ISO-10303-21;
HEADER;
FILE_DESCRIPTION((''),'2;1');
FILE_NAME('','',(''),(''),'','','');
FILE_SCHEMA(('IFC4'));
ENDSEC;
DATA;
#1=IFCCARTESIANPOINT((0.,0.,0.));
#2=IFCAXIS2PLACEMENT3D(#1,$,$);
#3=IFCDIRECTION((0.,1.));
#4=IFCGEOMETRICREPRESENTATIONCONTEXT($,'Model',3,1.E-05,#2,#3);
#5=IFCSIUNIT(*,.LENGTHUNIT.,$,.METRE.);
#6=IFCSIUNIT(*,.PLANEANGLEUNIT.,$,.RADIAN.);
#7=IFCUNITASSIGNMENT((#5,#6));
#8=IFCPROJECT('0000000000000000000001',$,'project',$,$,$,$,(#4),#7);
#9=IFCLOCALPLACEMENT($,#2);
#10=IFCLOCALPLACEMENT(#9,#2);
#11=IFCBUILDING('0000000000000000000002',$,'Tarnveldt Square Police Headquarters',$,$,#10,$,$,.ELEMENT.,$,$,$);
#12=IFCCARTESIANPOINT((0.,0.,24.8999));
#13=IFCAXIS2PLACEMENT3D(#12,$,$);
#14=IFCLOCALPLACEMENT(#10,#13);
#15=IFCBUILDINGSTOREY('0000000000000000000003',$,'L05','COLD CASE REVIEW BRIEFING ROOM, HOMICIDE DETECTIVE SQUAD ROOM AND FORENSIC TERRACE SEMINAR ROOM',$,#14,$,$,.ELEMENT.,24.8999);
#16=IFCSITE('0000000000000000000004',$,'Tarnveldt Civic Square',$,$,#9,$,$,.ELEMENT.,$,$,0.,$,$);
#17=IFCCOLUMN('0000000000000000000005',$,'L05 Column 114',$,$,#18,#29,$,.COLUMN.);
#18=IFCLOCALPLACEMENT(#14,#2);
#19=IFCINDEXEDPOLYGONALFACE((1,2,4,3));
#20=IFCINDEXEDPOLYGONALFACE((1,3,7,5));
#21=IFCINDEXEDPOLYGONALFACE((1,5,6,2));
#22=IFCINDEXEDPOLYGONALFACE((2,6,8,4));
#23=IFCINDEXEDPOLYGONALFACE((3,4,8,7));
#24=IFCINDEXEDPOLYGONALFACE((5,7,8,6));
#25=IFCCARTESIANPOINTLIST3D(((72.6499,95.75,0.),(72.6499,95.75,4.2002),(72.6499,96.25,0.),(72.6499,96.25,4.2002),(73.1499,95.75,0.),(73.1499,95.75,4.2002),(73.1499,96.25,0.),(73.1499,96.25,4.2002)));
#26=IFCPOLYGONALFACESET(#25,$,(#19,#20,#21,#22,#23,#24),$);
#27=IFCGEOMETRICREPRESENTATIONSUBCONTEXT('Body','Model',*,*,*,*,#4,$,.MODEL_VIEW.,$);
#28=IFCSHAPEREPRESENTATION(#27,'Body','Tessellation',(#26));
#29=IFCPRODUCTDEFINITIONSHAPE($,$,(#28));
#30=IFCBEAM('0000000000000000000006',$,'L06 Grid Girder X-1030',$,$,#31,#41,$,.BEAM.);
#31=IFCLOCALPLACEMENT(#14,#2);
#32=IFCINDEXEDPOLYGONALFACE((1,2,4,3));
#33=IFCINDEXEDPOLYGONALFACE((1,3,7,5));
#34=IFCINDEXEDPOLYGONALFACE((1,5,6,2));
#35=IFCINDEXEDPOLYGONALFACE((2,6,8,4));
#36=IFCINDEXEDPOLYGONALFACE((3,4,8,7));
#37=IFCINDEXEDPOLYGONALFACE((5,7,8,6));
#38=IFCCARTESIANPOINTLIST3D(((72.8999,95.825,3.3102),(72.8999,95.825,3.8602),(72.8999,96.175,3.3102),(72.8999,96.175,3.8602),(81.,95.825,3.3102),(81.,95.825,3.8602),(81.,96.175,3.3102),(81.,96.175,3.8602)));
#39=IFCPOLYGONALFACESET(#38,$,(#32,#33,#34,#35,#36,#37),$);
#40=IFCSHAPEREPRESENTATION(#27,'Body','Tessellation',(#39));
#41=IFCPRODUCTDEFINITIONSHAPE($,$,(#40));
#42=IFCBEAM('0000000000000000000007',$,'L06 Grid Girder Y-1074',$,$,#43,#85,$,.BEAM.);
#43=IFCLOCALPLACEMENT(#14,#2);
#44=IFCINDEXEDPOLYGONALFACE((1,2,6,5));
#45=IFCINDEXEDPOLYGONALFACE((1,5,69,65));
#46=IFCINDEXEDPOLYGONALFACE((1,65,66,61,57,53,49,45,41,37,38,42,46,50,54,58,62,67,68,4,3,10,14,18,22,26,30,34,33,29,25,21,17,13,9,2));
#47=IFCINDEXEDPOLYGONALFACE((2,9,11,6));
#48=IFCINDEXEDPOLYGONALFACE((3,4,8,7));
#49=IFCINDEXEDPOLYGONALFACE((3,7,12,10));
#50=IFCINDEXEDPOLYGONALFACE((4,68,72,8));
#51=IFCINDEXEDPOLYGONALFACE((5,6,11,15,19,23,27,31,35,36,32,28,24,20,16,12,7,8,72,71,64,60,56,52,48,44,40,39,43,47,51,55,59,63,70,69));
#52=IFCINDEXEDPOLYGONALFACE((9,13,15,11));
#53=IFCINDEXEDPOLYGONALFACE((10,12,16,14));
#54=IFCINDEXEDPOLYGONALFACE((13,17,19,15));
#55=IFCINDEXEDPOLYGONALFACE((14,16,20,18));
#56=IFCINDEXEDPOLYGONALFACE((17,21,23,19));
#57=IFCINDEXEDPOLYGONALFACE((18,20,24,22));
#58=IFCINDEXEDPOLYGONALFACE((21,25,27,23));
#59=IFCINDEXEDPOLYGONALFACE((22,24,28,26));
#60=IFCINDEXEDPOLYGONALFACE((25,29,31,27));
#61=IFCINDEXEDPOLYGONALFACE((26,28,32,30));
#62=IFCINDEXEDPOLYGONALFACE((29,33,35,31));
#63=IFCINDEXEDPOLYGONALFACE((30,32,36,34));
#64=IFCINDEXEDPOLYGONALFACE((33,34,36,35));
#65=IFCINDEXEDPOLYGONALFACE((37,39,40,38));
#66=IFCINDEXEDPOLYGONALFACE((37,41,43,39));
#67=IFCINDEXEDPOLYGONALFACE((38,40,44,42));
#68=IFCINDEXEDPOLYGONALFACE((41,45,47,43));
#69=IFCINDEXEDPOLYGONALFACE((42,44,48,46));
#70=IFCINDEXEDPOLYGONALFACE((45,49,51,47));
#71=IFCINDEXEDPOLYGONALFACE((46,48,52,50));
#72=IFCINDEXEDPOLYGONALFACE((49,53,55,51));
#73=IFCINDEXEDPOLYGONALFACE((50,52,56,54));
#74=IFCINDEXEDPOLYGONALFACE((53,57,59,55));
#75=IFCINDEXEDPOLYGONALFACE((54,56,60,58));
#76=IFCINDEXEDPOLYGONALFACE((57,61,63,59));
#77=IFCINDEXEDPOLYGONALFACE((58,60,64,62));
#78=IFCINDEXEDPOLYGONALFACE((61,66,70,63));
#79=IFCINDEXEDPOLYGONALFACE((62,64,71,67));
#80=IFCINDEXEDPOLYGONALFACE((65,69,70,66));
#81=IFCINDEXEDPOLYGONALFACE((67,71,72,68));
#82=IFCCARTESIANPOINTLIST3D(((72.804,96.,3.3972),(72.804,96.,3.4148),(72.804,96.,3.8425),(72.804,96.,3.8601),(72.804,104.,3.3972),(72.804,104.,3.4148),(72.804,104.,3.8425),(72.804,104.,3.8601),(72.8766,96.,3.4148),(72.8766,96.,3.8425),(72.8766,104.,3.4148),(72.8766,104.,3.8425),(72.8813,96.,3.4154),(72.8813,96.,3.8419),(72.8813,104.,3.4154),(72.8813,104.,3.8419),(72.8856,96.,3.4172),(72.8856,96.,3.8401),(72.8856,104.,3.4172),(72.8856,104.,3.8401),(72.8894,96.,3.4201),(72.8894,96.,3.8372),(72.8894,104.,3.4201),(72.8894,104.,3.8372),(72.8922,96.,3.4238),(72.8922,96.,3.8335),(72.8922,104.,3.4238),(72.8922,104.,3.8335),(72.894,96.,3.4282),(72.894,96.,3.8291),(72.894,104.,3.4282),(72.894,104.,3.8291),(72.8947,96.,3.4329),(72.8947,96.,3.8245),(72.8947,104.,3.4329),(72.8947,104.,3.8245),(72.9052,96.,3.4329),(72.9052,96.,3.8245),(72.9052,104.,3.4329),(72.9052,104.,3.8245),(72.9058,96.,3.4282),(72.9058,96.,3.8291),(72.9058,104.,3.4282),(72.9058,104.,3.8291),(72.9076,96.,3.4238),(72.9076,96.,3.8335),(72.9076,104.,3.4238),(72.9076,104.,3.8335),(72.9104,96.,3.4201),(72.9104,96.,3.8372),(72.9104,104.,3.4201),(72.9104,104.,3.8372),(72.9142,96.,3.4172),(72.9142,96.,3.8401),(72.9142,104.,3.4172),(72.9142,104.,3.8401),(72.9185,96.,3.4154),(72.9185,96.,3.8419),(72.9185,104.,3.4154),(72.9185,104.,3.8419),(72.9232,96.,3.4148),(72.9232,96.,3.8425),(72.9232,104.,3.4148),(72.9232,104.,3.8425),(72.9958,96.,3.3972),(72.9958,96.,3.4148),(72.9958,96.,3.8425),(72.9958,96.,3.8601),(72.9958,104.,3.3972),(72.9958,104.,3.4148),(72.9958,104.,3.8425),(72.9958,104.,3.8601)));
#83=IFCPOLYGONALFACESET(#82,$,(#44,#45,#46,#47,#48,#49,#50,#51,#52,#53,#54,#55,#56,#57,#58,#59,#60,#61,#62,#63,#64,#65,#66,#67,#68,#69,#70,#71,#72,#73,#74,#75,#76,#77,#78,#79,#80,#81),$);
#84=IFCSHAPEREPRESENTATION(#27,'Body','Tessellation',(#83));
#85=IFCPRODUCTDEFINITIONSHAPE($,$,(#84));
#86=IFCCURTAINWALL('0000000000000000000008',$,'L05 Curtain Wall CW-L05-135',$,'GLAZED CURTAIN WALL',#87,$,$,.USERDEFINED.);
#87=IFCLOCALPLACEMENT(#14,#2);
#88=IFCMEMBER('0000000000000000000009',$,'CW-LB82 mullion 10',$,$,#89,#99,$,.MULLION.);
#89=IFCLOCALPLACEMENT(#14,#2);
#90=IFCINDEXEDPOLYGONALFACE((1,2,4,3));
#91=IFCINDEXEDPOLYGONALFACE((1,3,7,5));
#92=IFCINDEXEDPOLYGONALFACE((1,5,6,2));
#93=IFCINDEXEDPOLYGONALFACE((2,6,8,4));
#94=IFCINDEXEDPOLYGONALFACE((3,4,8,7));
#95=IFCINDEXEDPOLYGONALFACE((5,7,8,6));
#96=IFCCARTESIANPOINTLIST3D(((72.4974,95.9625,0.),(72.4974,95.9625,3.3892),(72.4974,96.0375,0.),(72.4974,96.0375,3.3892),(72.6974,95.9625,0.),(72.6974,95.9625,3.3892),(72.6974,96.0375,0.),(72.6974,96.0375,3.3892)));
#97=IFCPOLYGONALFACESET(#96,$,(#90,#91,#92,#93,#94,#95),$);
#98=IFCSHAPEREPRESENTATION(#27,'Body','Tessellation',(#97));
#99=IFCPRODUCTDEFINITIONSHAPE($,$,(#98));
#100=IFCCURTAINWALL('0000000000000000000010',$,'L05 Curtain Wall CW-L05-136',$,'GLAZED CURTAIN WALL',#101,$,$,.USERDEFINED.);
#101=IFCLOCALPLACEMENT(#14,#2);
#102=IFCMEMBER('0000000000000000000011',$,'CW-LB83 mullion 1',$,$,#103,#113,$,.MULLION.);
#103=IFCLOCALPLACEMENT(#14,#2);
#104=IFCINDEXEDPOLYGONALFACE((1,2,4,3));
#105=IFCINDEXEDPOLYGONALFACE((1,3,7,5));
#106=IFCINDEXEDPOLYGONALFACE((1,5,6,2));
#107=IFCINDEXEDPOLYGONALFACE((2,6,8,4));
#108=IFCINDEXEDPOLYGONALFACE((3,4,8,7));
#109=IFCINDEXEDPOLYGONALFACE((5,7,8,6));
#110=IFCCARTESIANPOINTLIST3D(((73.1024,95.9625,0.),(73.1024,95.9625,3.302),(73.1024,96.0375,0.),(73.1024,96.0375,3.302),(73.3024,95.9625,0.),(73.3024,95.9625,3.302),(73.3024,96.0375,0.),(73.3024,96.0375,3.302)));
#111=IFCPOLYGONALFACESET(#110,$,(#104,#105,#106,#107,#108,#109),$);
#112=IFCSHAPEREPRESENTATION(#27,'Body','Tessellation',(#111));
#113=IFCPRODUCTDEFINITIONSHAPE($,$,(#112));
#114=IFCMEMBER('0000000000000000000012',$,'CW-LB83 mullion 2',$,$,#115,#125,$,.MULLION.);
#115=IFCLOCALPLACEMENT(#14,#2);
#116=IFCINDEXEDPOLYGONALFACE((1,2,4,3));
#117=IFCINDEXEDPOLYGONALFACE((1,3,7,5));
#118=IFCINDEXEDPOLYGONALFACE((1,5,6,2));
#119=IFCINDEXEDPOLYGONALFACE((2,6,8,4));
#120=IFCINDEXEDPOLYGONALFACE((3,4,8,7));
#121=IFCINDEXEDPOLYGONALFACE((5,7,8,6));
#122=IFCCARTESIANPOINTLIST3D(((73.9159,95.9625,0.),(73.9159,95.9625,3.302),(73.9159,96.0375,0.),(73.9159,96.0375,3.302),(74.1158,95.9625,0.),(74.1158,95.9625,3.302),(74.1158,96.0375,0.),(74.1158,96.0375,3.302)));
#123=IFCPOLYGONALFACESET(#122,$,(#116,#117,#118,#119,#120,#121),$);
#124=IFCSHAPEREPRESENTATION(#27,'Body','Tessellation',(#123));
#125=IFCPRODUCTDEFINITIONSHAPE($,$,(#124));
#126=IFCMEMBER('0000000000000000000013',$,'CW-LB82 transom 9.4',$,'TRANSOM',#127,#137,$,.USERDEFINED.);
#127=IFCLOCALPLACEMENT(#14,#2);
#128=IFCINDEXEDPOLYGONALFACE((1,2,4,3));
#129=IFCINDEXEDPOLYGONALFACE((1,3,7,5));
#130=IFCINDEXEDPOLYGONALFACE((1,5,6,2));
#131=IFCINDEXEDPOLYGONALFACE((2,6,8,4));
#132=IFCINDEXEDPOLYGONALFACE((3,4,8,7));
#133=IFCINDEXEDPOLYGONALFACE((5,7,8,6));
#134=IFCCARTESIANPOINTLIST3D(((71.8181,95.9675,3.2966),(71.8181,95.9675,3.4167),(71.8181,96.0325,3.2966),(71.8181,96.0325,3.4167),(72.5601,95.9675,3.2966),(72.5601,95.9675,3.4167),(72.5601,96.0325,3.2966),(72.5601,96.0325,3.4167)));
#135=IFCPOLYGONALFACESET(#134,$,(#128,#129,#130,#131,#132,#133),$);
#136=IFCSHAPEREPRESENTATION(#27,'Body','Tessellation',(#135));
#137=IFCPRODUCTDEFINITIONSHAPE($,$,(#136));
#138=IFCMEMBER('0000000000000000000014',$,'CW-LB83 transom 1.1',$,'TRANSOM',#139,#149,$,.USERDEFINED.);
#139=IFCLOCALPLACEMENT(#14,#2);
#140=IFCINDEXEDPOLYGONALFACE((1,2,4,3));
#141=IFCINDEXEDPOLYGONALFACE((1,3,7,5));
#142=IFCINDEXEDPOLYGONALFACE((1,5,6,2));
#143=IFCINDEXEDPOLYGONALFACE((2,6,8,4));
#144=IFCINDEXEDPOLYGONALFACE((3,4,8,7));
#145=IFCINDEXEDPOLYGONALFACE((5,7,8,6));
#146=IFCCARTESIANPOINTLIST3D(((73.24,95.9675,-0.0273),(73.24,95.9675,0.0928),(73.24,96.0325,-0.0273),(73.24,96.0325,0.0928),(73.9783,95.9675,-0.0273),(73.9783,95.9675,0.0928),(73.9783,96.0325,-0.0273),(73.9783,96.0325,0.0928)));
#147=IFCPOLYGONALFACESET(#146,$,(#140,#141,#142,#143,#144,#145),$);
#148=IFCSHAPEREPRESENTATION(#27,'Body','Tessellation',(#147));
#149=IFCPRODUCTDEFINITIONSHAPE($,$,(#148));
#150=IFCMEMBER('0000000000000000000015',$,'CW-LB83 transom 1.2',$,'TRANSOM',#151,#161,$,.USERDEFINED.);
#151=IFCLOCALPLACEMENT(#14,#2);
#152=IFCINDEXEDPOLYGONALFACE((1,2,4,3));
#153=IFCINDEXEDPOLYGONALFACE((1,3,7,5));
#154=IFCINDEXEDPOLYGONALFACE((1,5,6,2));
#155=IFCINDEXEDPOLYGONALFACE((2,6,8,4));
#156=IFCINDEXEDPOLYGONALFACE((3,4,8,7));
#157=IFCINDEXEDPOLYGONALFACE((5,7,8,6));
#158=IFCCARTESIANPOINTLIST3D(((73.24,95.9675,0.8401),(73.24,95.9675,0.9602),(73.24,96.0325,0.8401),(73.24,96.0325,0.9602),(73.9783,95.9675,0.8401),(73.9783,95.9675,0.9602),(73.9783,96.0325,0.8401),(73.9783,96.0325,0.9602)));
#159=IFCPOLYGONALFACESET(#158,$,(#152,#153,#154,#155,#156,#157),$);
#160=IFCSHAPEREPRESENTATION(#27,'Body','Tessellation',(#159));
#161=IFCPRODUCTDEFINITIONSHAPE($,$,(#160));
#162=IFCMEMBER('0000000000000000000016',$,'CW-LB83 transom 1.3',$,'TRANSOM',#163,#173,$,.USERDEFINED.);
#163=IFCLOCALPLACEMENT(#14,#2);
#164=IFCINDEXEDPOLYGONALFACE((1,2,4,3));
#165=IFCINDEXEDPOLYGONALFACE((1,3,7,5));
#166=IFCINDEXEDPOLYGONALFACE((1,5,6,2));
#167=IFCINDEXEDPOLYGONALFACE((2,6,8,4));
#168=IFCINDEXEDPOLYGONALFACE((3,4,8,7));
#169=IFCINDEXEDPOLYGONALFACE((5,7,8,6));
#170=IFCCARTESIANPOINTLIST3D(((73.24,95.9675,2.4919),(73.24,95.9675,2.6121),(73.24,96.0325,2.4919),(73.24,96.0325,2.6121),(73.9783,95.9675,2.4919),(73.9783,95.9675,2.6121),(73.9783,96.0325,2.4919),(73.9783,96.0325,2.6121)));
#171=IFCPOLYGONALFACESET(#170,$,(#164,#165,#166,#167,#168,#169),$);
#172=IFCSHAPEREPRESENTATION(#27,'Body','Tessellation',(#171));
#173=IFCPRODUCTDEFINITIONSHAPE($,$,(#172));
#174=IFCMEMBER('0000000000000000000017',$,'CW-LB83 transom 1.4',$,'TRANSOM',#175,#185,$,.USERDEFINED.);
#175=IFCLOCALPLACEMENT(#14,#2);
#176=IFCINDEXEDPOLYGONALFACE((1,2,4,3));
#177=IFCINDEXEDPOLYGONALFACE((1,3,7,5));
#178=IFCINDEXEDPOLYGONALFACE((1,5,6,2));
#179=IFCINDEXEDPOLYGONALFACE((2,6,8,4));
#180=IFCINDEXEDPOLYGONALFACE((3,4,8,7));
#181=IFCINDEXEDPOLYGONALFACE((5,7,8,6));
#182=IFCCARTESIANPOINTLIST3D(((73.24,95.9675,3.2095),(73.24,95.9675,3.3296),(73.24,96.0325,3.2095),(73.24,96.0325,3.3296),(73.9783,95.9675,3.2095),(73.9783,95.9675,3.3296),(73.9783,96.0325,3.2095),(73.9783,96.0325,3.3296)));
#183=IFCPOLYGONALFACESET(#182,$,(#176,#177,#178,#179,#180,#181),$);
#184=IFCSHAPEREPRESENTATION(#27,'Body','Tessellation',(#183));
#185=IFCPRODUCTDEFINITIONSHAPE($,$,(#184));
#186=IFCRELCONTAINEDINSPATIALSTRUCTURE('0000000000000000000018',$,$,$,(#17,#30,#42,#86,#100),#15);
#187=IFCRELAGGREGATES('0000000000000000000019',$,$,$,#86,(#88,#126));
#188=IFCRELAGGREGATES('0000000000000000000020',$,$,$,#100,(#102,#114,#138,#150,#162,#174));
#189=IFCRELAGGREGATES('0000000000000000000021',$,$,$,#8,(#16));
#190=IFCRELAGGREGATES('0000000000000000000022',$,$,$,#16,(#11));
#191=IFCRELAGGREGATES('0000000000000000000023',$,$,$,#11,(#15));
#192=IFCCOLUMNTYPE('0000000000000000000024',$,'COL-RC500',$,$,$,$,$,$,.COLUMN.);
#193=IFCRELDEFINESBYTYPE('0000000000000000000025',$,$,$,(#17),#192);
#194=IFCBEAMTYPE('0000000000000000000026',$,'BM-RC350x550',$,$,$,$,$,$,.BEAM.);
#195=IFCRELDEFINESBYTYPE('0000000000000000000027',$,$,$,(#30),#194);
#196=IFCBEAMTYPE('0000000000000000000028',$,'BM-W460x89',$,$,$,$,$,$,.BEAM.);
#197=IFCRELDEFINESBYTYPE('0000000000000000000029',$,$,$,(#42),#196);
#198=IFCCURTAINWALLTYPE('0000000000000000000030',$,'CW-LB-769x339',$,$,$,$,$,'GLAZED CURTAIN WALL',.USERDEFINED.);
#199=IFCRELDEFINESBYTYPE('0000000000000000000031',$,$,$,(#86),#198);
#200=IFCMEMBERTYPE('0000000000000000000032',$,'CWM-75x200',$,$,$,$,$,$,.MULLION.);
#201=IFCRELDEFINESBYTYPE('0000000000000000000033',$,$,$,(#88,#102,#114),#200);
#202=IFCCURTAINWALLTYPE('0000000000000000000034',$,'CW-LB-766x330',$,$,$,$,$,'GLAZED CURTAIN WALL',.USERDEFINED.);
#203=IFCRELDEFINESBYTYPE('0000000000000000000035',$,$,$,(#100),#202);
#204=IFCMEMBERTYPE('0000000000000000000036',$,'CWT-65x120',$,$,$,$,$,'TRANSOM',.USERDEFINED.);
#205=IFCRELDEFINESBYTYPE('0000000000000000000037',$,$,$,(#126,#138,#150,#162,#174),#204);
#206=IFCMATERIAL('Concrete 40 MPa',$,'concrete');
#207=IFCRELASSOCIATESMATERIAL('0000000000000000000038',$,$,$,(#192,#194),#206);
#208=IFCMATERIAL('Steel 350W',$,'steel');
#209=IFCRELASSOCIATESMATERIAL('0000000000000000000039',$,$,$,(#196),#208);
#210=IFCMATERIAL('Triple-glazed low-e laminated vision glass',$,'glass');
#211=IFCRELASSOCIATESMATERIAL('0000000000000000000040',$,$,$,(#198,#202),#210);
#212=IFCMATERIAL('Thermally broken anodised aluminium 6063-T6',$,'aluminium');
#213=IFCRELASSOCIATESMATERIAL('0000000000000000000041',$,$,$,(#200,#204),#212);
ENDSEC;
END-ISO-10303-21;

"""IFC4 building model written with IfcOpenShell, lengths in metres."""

from ifc_helpers import new_model, si_unit, direction, frame, origin, origin_2d, place, context, subcontext, project, spatial, rectangle, i_section, extrude, material, material_profile, profile_set, type_object, element, aggregate, save


model = new_model("IFC4")

# Units and contexts
model_context = context("Model", 3, precision=1e-05, world=origin(), true_north=direction((0.0, 1.0)))
body_context = subcontext(model_context, "Body", "Model", "MODEL_VIEW")
ifc_project = project(units=[si_unit("LENGTHUNIT", "METRE"), si_unit("PLANEANGLEUNIT", "RADIAN")], contexts=[model_context])

# Site, building, storey
site_placement = place(None, origin())
site = spatial("IfcSite", under=ifc_project, at=site_placement, Name="Tarnveldt Civic Square", CompositionType="ELEMENT", RefElevation=0.0)
building_placement = place(site_placement, origin())
building = spatial("IfcBuilding", under=site, at=building_placement, Name="Tarnveldt Square Police Headquarters", CompositionType="ELEMENT")
storey_placement = place(building_placement, frame((0.0, 0.0, 24.8999)))
storey = spatial("IfcBuildingStorey", under=building, at=storey_placement, Name="L05", Description="COLD CASE REVIEW BRIEFING ROOM, HOMICIDE DETECTIVE SQUAD ROOM AND FORENSIC TERRACE SEMINAR ROOM", CompositionType="ELEMENT", Elevation=24.8999)

# Column
ifc_material_1 = material(Name="Concrete 40 MPa", Category="concrete")
ifc_material_profile_1 = material_profile(ifc_material_1, rectangle(XDim=0.5, YDim=0.5, at=origin_2d()), Name="RC-C500x500")
ifc_profile_set_1 = profile_set([ifc_material_profile_1], Name="Concrete 40 MPa")
column_type = type_object("IfcColumnType", Name="COL-RC500", PredefinedType="COLUMN", material=ifc_profile_set_1)
column_placement = place(storey_placement, frame((72.8999, 96.0, 0.0), z_axis=(0.0, 0.0, 1.0), x_axis=(1.0, 0.0, 0.0)))
element("IfcColumn", 1, at=column_placement, inside=storey, type_object=column_type, Name="L05 Column 114", PredefinedType="COLUMN", context=body_context, shape_type="SweptSolid", body=[
    extrude(rectangle(XDim=0.5, YDim=0.5, at=origin_2d()), origin(), (0.0, 0.0, 1.0), 4.2002),
])

# Beams
ifc_material_profile_2 = material_profile(ifc_material_1, rectangle(XDim=0.3501, YDim=0.55, at=origin_2d()), Name="RC-B350x550")
ifc_profile_set_2 = profile_set([ifc_material_profile_2], Name="Concrete 40 MPa")
beam_type_1 = type_object("IfcBeamType", Name="BM-RC350x550", PredefinedType="BEAM", material=ifc_profile_set_2)
beam_1_placement = place(storey_placement, frame((72.8999, 96.0, 3.5852), z_axis=(1.0, 0.0, 0.0), x_axis=(0.0, 1.0, 0.0)))
element("IfcBeam", 2, at=beam_1_placement, inside=storey, type_object=beam_type_1, Name="L06 Grid Girder X-1030", PredefinedType="BEAM", context=body_context, shape_type="SweptSolid", body=[
    extrude(rectangle(XDim=0.3501, YDim=0.55, at=origin_2d()), origin(), (0.0, 0.0, 1.0), 8.1001),
])
ifc_material_2 = material(Name="Steel 350W", Category="steel")
ifc_material_profile_3 = material_profile(ifc_material_2, i_section(OverallWidth=0.1919, OverallDepth=0.4629, WebThickness=0.0105, FlangeThickness=0.0176, FilletRadius=0.0181, at=origin_2d()), Name="W460x89")
ifc_profile_set_3 = profile_set([ifc_material_profile_3], Name="Steel 350W")
beam_type_2 = type_object("IfcBeamType", Name="BM-W460x89", PredefinedType="BEAM", material=ifc_profile_set_3)
beam_2_placement = place(storey_placement, frame((72.8999, 96.0, 3.6287), z_axis=(0.0, 1.0, 0.0), x_axis=(-1.0, 0.0, 0.0)))
element("IfcBeam", 3, at=beam_2_placement, inside=storey, type_object=beam_type_2, Name="L06 Grid Girder Y-1074", PredefinedType="BEAM", context=body_context, shape_type="SweptSolid", body=[
    extrude(i_section(OverallWidth=0.1919, OverallDepth=0.4629, WebThickness=0.0105, FlangeThickness=0.0176, FilletRadius=0.0181, at=origin_2d()), origin(), (0.0, 0.0, 1.0), 8.0),
])

# Curtain wall, member
ifc_material_3 = material(Name="Triple-glazed low-e laminated vision glass", Category="glass")
curtain_wall_type_1 = type_object("IfcCurtainWallType", Name="CW-LB-769x339", ElementType="GLAZED CURTAIN WALL", PredefinedType="USERDEFINED", material=ifc_material_3)
curtain_wall_1_placement = place(storey_placement, origin())
curtain_wall_1 = element("IfcCurtainWall", 4, at=curtain_wall_1_placement, inside=storey, type_object=curtain_wall_type_1, Name="L05 Curtain Wall CW-L05-135", ObjectType="GLAZED CURTAIN WALL", PredefinedType="USERDEFINED")
ifc_material_4 = material(Name="Thermally broken anodised aluminium 6063-T6", Category="aluminium")
ifc_material_profile_4 = material_profile(ifc_material_4, rectangle(XDim=0.075, YDim=0.2, at=origin_2d()), Name="CW-M75x200")
ifc_profile_set_4 = profile_set([ifc_material_profile_4], Name="Thermally broken anodised aluminium 6063-T6")
member_type_1 = type_object("IfcMemberType", Name="CWM-75x200", PredefinedType="MULLION", material=ifc_profile_set_4)
member_1_placement = place(storey_placement, frame((72.5974, 96.0, 0.0), z_axis=(0.0, 0.0, 1.0), x_axis=(0.0, 1.0, 0.0)))
member_1 = element("IfcMember", 5, at=member_1_placement, type_object=member_type_1, Name="CW-LB82 mullion 10", PredefinedType="MULLION", context=body_context, shape_type="SweptSolid", body=[
    extrude(rectangle(XDim=0.075, YDim=0.2, at=origin_2d()), origin(), (0.0, 0.0, 1.0), 3.3892),
])

# Curtain wall, members
curtain_wall_type_2 = type_object("IfcCurtainWallType", Name="CW-LB-766x330", ElementType="GLAZED CURTAIN WALL", PredefinedType="USERDEFINED", material=ifc_material_3)
curtain_wall_2_placement = place(storey_placement, origin())
curtain_wall_2 = element("IfcCurtainWall", 6, at=curtain_wall_2_placement, inside=storey, type_object=curtain_wall_type_2, Name="L05 Curtain Wall CW-L05-136", ObjectType="GLAZED CURTAIN WALL", PredefinedType="USERDEFINED")
member_2_placement = place(storey_placement, frame((73.2024, 96.0, 0.0), z_axis=(0.0, 0.0, 1.0), x_axis=(0.0, 1.0, 0.0)))
member_2 = element("IfcMember", 7, at=member_2_placement, type_object=member_type_1, Name="CW-LB83 mullion 1", PredefinedType="MULLION", context=body_context, shape_type="SweptSolid", body=[
    extrude(rectangle(XDim=0.075, YDim=0.2, at=origin_2d()), origin(), (0.0, 0.0, 1.0), 3.302),
])
member_3_placement = place(storey_placement, frame((74.0159, 96.0, 0.0), z_axis=(0.0, 0.0, 1.0), x_axis=(0.0, 1.0, 0.0)))
member_3 = element("IfcMember", 8, at=member_3_placement, type_object=member_type_1, Name="CW-LB83 mullion 2", PredefinedType="MULLION", context=body_context, shape_type="SweptSolid", body=[
    extrude(rectangle(XDim=0.075, YDim=0.2, at=origin_2d()), origin(), (0.0, 0.0, 1.0), 3.302),
])

# Members
ifc_material_profile_5 = material_profile(ifc_material_4, rectangle(XDim=0.0649, YDim=0.1201, at=origin_2d()), Name="CW-T65x120")
ifc_profile_set_5 = profile_set([ifc_material_profile_5], Name="Thermally broken anodised aluminium 6063-T6")
member_type_2 = type_object("IfcMemberType", Name="CWT-65x120", ElementType="TRANSOM", PredefinedType="USERDEFINED", material=ifc_profile_set_5)
member_4_placement = place(storey_placement, frame((71.8181, 96.0, 3.3567), z_axis=(1.0, 0.0, 0.0), x_axis=(0.0, 1.0, 0.0)))
member_4 = element("IfcMember", 9, at=member_4_placement, type_object=member_type_2, Name="CW-LB82 transom 9.4", ObjectType="TRANSOM", PredefinedType="USERDEFINED", context=body_context, shape_type="SweptSolid", body=[
    extrude(rectangle(XDim=0.0649, YDim=0.1201, at=origin_2d()), origin(), (0.0, 0.0, 1.0), 0.7419),
])
member_5_placement = place(storey_placement, frame((73.24, 96.0, 0.0327), z_axis=(1.0, 0.0, 0.0), x_axis=(0.0, 1.0, 0.0)))
member_5 = element("IfcMember", 10, at=member_5_placement, type_object=member_type_2, Name="CW-LB83 transom 1.1", ObjectType="TRANSOM", PredefinedType="USERDEFINED", context=body_context, shape_type="SweptSolid", body=[
    extrude(rectangle(XDim=0.0649, YDim=0.1201, at=origin_2d()), origin(), (0.0, 0.0, 1.0), 0.7383),
])
member_6_placement = place(storey_placement, frame((73.24, 96.0, 0.9001), z_axis=(1.0, 0.0, 0.0), x_axis=(0.0, 1.0, 0.0)))
member_6 = element("IfcMember", 11, at=member_6_placement, type_object=member_type_2, Name="CW-LB83 transom 1.2", ObjectType="TRANSOM", PredefinedType="USERDEFINED", context=body_context, shape_type="SweptSolid", body=[
    extrude(rectangle(XDim=0.0649, YDim=0.1201, at=origin_2d()), origin(), (0.0, 0.0, 1.0), 0.7383),
])
member_7_placement = place(storey_placement, frame((73.24, 96.0, 2.552), z_axis=(1.0, 0.0, 0.0), x_axis=(0.0, 1.0, 0.0)))
member_7 = element("IfcMember", 12, at=member_7_placement, type_object=member_type_2, Name="CW-LB83 transom 1.3", ObjectType="TRANSOM", PredefinedType="USERDEFINED", context=body_context, shape_type="SweptSolid", body=[
    extrude(rectangle(XDim=0.0649, YDim=0.1201, at=origin_2d()), origin(), (0.0, 0.0, 1.0), 0.7383),
])
member_8_placement = place(storey_placement, frame((73.24, 96.0, 3.2695), z_axis=(1.0, 0.0, 0.0), x_axis=(0.0, 1.0, 0.0)))
member_8 = element("IfcMember", 13, at=member_8_placement, type_object=member_type_2, Name="CW-LB83 transom 1.4", ObjectType="TRANSOM", PredefinedType="USERDEFINED", context=body_context, shape_type="SweptSolid", body=[
    extrude(rectangle(XDim=0.0649, YDim=0.1201, at=origin_2d()), origin(), (0.0, 0.0, 1.0), 0.7383),
])

aggregate(curtain_wall_1, [member_1, member_4])
aggregate(curtain_wall_2, [member_2, member_3, member_5, member_6, member_7, member_8])

save(model, "model.ifc")
